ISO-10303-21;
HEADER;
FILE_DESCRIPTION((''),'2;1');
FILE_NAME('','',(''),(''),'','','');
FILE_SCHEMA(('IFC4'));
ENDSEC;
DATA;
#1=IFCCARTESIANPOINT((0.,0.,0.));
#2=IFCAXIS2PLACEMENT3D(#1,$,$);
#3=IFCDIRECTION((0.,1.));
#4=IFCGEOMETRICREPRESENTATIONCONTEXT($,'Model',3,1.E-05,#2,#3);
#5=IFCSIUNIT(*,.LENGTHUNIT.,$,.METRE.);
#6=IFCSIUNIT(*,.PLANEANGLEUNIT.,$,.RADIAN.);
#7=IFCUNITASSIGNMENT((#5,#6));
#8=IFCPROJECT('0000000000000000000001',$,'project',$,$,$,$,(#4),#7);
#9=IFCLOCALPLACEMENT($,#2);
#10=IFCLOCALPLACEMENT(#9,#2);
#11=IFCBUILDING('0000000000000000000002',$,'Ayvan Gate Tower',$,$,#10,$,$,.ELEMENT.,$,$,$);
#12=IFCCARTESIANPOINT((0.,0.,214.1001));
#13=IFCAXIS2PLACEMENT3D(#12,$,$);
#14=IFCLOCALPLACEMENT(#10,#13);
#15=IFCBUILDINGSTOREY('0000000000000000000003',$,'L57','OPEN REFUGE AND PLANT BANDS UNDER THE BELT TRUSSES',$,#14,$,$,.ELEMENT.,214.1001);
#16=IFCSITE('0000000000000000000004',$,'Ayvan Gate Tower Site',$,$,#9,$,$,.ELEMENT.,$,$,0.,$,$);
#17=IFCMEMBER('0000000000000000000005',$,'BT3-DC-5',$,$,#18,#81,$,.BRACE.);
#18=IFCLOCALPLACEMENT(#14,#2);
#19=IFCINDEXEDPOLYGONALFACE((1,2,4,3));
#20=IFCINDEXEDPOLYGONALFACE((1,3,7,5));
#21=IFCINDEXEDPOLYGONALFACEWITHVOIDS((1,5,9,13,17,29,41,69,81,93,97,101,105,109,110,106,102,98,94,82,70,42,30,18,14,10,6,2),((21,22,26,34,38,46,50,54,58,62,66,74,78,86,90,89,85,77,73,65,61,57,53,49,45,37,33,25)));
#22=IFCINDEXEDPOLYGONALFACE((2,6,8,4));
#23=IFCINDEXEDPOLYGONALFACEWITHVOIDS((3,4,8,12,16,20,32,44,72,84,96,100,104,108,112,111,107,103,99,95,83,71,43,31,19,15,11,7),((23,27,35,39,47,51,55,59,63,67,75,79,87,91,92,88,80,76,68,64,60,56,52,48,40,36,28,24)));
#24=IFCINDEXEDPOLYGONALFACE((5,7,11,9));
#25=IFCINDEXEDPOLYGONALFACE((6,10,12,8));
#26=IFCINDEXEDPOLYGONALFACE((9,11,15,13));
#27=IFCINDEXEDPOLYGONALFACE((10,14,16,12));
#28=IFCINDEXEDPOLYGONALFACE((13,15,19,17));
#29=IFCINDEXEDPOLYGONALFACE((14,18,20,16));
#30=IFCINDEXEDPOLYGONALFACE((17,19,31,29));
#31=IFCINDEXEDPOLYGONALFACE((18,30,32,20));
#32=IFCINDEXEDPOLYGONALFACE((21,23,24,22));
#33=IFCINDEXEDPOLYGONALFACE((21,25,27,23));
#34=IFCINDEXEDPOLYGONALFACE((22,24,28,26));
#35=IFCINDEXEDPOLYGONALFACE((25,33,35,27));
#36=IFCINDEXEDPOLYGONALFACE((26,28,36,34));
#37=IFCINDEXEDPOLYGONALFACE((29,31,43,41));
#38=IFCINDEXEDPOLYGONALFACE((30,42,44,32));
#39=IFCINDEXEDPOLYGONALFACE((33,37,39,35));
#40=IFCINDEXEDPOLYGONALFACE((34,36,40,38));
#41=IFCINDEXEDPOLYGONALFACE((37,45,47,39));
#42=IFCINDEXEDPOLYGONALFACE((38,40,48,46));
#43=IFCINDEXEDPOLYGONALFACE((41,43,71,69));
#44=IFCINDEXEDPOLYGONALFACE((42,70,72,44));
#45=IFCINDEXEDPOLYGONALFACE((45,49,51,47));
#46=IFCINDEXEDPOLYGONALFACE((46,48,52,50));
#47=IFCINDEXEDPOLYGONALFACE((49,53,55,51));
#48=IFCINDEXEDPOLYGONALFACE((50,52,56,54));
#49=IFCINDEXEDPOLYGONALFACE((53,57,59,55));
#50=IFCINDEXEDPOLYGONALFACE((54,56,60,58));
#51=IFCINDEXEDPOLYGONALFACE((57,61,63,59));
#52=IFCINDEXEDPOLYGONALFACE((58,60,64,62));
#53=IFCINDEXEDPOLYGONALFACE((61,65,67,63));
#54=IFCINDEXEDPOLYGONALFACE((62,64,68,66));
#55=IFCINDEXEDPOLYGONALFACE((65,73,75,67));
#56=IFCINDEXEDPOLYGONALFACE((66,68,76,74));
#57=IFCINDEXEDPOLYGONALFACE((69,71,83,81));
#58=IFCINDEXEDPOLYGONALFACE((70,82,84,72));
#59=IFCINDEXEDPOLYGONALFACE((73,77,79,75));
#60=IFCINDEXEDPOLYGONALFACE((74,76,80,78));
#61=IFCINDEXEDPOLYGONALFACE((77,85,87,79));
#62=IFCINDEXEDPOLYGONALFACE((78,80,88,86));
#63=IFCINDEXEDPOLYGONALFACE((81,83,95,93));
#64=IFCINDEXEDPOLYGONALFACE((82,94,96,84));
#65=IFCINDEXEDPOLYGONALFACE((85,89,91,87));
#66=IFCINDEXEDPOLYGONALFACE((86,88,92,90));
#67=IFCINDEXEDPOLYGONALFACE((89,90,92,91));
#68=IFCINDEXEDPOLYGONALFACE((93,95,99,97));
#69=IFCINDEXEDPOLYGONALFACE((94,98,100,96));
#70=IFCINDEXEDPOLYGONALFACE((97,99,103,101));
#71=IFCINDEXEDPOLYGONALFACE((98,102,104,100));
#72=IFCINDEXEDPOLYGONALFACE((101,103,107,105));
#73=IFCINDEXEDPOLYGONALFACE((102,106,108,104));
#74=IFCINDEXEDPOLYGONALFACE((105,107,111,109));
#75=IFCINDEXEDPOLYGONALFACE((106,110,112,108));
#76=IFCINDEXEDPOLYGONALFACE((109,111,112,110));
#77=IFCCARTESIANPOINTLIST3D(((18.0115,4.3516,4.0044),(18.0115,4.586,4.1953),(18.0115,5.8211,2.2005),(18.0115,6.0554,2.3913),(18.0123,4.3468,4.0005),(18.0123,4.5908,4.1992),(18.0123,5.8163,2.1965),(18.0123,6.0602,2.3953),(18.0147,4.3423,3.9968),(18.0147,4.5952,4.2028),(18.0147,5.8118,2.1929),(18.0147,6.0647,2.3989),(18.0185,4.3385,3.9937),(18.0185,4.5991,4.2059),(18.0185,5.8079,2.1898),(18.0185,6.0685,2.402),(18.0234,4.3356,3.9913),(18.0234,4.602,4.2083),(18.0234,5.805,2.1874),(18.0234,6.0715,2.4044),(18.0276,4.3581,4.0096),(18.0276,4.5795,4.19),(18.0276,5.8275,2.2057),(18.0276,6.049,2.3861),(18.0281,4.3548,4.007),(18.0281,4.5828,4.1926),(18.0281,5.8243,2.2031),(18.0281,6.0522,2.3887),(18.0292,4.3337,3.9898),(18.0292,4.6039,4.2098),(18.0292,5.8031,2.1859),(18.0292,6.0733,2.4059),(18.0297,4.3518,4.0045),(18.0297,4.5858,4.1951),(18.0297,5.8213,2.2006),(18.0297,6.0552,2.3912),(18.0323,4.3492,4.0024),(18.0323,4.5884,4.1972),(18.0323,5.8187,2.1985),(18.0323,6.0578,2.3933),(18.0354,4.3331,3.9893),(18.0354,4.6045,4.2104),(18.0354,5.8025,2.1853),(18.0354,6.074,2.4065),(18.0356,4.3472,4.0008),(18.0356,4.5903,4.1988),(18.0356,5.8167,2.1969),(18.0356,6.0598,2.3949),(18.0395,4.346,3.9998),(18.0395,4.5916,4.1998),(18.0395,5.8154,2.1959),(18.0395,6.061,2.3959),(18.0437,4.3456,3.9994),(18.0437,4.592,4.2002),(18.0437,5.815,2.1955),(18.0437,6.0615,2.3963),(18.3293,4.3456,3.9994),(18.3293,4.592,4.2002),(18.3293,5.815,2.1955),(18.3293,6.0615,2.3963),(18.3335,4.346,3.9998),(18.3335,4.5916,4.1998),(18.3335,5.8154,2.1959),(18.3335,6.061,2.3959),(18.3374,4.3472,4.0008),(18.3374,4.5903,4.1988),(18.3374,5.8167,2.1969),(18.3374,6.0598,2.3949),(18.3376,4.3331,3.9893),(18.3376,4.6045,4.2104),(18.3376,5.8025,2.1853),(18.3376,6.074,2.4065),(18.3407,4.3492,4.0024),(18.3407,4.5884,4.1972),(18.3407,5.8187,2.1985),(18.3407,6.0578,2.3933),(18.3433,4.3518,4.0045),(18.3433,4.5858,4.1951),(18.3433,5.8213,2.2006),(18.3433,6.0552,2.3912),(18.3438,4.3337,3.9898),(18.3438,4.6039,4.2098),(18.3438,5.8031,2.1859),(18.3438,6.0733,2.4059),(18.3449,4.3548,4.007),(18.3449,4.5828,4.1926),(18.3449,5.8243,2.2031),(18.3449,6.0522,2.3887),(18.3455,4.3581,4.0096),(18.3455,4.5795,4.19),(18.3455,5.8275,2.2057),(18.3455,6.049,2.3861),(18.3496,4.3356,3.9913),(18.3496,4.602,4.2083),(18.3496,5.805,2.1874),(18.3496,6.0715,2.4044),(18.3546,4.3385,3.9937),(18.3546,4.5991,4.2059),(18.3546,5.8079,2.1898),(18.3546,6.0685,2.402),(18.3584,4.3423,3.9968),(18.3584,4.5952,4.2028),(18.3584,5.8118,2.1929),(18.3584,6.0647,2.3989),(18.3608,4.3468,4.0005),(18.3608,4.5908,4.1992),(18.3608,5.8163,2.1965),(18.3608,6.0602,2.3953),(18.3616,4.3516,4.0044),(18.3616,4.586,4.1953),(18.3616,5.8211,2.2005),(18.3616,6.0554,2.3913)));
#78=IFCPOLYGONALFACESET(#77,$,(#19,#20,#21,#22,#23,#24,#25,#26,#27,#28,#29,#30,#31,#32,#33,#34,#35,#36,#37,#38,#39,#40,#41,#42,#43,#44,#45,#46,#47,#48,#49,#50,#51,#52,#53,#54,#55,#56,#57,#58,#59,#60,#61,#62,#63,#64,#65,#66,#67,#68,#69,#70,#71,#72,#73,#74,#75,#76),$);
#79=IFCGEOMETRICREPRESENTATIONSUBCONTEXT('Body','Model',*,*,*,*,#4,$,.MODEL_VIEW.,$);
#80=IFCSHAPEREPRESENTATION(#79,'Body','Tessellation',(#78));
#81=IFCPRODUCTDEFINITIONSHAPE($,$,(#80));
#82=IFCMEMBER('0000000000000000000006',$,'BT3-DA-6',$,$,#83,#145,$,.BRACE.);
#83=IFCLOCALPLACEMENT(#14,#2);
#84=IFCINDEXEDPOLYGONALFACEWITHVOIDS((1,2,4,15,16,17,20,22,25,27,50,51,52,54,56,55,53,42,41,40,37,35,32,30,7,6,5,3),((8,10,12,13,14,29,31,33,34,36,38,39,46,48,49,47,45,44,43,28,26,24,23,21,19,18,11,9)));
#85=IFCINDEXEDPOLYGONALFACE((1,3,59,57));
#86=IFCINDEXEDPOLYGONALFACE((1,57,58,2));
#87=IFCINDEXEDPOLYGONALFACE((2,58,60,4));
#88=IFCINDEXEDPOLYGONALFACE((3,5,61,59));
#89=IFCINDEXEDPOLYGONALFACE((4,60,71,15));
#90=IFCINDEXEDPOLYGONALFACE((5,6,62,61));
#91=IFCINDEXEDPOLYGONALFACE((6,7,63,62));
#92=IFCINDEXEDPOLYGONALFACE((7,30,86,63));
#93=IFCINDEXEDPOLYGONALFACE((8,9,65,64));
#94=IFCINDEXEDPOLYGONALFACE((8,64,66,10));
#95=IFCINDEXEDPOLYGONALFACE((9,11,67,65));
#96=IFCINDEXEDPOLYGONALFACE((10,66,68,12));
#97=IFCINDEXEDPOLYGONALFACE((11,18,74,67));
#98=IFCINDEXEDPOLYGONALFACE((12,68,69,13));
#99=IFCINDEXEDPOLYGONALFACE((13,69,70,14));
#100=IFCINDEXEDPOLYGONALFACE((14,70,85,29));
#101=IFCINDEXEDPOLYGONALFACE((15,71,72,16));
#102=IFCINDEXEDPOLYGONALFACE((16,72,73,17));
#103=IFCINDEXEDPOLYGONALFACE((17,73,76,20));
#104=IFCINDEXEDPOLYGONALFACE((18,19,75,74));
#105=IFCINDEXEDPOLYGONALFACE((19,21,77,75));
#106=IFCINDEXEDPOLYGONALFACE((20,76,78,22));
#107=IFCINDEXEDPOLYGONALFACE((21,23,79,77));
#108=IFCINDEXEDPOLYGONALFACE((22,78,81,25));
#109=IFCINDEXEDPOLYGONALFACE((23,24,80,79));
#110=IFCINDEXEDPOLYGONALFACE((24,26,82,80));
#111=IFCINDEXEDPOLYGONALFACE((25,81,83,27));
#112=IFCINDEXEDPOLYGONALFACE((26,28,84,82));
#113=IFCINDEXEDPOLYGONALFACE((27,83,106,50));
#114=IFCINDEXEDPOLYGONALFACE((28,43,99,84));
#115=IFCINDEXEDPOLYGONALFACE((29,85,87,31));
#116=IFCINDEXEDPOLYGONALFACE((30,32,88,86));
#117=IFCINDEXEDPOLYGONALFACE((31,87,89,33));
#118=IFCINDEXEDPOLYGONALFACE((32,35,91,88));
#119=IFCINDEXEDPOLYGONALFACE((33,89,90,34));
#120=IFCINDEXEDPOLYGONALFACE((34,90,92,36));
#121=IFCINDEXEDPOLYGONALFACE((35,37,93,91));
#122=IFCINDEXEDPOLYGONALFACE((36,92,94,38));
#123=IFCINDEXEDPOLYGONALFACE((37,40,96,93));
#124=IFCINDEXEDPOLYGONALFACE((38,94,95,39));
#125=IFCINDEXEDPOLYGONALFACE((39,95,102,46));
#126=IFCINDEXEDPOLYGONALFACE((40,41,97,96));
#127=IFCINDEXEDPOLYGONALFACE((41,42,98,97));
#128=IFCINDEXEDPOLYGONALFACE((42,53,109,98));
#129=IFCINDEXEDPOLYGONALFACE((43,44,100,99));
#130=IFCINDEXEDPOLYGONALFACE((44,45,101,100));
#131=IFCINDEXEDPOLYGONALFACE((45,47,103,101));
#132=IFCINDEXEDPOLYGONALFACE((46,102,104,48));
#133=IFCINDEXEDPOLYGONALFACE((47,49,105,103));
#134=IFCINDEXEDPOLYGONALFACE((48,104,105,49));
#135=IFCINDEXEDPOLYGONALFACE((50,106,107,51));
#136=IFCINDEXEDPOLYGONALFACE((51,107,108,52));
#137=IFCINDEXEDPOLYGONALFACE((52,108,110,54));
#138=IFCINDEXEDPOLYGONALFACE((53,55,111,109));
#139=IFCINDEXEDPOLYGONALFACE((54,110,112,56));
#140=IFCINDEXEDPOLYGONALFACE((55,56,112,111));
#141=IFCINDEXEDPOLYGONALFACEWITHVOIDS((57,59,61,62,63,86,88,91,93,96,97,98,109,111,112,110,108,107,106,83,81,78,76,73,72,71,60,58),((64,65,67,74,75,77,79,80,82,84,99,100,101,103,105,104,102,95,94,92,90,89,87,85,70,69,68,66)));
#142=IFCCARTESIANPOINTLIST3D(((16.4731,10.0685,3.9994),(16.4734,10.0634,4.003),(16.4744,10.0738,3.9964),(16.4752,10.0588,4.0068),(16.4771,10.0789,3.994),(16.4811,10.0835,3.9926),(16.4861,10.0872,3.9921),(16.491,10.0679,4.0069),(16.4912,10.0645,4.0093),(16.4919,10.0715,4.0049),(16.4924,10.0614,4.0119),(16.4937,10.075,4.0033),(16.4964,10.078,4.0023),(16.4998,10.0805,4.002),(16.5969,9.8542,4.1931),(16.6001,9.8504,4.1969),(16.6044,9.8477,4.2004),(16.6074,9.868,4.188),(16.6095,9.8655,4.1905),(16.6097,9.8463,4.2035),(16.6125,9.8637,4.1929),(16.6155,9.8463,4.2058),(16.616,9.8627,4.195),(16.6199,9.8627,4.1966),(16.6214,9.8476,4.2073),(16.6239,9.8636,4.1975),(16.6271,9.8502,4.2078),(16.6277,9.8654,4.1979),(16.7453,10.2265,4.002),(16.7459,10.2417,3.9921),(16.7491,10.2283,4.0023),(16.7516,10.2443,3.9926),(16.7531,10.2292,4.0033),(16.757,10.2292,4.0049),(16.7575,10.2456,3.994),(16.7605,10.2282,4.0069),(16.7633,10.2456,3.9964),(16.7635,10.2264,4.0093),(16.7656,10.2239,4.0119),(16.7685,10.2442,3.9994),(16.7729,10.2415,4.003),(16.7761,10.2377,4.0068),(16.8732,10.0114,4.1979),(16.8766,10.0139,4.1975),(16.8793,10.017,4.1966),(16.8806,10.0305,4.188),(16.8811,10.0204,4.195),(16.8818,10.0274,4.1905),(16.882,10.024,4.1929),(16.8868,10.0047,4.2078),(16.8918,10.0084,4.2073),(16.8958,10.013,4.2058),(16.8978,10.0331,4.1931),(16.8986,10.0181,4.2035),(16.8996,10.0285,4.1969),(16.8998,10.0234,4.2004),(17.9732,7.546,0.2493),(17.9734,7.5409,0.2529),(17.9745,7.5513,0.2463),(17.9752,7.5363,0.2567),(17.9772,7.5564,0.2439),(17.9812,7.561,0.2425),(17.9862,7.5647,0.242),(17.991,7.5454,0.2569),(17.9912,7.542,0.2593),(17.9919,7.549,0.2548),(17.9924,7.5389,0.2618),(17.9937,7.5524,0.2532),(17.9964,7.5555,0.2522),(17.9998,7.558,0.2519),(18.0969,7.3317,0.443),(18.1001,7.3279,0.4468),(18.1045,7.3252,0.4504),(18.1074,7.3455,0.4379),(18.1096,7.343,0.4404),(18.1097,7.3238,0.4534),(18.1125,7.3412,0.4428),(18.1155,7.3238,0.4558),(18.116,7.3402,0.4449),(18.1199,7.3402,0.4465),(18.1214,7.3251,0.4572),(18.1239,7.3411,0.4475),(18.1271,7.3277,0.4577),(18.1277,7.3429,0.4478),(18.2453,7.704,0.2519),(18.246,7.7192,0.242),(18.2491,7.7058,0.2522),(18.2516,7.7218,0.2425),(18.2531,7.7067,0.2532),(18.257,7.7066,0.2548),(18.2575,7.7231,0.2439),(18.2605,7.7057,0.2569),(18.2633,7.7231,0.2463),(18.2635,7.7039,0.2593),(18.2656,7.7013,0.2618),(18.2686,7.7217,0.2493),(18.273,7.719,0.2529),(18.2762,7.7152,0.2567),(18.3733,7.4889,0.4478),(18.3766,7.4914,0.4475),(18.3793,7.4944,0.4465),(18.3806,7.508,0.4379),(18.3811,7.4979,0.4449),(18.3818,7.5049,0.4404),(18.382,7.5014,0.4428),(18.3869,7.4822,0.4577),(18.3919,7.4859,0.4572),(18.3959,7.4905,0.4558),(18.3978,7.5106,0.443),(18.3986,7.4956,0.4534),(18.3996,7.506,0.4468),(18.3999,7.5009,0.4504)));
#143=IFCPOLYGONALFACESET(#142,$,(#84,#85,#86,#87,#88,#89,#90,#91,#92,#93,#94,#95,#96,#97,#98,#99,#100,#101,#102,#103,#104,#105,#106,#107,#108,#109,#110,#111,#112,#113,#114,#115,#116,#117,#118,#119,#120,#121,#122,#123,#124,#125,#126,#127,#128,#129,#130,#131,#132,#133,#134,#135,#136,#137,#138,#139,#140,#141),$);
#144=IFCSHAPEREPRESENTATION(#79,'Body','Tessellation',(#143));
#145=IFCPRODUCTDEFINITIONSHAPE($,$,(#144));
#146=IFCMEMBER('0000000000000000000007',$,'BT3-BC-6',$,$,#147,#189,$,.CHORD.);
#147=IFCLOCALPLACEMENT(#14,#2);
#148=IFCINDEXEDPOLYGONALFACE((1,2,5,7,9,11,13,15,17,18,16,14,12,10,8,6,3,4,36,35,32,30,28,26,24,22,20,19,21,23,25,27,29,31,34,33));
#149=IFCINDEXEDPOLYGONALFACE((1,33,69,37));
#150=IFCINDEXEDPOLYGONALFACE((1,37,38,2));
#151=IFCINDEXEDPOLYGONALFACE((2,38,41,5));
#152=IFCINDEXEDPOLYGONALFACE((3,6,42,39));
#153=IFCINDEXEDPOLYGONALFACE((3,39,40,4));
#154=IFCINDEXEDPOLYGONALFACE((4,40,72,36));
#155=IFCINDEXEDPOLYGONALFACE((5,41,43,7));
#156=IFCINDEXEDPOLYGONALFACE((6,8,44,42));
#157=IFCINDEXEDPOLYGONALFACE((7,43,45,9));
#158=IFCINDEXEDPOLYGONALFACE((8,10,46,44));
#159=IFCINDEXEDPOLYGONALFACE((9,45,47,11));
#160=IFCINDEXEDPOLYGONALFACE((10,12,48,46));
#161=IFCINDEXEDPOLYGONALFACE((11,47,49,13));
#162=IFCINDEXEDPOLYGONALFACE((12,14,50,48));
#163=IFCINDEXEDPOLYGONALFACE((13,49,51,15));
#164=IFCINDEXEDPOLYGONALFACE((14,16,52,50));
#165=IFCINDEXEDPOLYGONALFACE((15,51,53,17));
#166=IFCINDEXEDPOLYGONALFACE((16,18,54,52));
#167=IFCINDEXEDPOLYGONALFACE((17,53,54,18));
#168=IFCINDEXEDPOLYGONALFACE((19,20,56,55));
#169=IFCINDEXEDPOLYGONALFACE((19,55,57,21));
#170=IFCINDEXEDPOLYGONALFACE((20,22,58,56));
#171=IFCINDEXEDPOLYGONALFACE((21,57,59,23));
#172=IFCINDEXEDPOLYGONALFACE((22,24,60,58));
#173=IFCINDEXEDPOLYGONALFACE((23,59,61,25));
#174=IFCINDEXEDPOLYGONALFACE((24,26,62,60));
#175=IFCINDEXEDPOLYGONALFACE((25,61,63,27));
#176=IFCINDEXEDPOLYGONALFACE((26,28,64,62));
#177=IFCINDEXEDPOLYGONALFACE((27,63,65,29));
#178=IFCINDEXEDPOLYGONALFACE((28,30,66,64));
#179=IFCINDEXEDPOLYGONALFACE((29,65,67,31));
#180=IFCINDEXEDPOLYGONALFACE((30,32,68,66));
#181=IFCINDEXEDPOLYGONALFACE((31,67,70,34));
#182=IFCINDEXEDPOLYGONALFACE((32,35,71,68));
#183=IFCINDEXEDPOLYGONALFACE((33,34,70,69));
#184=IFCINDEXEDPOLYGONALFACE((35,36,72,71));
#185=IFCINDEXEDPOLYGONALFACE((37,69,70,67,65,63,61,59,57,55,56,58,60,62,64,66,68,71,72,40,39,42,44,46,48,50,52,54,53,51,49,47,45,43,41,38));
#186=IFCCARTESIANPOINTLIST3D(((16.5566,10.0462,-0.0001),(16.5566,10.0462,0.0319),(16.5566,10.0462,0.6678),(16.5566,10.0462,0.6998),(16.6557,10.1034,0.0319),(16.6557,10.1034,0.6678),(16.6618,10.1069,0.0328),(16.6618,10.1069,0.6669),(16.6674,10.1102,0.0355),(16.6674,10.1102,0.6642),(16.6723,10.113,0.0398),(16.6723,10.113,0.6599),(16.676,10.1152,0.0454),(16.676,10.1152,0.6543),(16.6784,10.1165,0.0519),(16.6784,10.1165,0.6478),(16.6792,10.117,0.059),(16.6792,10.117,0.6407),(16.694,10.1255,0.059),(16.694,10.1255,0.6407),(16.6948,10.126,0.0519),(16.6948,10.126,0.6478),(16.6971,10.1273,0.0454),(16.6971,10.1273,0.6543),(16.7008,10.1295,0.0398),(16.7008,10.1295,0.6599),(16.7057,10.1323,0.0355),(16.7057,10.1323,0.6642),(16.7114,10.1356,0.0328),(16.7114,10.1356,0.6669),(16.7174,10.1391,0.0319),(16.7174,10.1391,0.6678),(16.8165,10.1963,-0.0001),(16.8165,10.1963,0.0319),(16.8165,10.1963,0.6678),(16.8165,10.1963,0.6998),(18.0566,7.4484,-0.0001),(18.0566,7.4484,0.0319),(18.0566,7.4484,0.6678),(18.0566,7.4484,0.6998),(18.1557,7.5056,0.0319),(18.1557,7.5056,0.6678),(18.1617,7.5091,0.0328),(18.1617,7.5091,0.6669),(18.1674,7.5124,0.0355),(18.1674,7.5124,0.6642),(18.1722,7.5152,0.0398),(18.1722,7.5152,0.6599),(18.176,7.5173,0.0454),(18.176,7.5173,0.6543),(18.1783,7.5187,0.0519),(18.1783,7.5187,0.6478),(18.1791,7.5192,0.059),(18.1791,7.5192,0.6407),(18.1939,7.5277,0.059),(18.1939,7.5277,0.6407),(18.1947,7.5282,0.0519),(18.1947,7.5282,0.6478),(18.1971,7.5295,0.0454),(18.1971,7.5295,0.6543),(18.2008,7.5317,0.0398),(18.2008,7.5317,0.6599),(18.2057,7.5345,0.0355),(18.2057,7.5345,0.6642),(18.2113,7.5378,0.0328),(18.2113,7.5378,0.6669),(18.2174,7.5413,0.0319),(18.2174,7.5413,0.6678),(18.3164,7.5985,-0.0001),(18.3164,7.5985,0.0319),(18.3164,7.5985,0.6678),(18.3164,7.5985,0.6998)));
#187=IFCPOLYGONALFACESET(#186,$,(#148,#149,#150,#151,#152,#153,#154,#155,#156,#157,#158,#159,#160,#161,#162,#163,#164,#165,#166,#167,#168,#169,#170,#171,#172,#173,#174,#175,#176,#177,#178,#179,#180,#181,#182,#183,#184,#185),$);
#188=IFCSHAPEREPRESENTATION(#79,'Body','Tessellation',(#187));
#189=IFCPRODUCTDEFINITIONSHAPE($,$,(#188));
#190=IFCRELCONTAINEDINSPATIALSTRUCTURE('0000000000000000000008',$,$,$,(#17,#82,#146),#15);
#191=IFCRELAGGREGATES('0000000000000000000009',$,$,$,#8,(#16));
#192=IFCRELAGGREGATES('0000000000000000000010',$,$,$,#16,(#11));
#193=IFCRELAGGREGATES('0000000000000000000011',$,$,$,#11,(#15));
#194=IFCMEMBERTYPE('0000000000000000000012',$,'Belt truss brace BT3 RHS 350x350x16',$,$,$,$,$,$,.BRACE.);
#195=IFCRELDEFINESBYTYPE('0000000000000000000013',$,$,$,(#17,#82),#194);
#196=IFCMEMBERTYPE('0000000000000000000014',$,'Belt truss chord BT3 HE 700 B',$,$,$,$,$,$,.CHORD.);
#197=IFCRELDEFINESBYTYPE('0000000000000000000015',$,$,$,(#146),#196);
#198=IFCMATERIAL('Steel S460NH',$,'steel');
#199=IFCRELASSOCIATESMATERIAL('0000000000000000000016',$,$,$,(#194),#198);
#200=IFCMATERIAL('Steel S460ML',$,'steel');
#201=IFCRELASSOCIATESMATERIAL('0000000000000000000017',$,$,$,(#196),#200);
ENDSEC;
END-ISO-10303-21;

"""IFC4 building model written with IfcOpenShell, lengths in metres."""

from ifc_helpers import new_model, si_unit, direction, frame, origin, origin_2d, place, context, subcontext, project, spatial, hollow_rectangle, i_section, extrude, material, material_profile, profile_set, type_object, element, save


model = new_model("IFC4")

# Units and contexts
model_context = context("Model", 3, precision=1e-05, world=origin(), true_north=direction((0.0, 1.0)))
body_context = subcontext(model_context, "Body", "Model", "MODEL_VIEW")
ifc_project = project(units=[si_unit("LENGTHUNIT", "METRE"), si_unit("PLANEANGLEUNIT", "RADIAN")], contexts=[model_context])

# Site, building, storey
site_placement = place(None, origin())
site = spatial("IfcSite", under=ifc_project, at=site_placement, Name="Ayvan Gate Tower Site", CompositionType="ELEMENT", RefElevation=0.0)
building_placement = place(site_placement, origin())
building = spatial("IfcBuilding", under=site, at=building_placement, Name="Ayvan Gate Tower", CompositionType="ELEMENT")
storey_placement = place(building_placement, frame((0.0, 0.0, 214.1001)))
storey = spatial("IfcBuildingStorey", under=building, at=storey_placement, Name="L57", Description="OPEN REFUGE AND PLANT BANDS UNDER THE BELT TRUSSES", CompositionType="ELEMENT", Elevation=214.1001)

# Members
ifc_material_1 = material(Name="Steel S460NH", Category="steel")
ifc_material_profile_1 = material_profile(ifc_material_1, hollow_rectangle(XDim=0.3501, YDim=0.3501, WallThickness=0.0161, InnerFilletRadius=0.0161, OuterFilletRadius=0.0239, at=origin_2d()), Name="RHS 350x350x16")
ifc_profile_set_1 = profile_set([ifc_material_profile_1], Name="Steel S460NH")
member_type_1 = type_object("IfcMemberType", Name="Belt truss brace BT3 RHS 350x350x16", PredefinedType="BRACE", material=ifc_profile_set_1)
member_1_placement = place(storey_placement, frame((18.1865, 5.9382, 2.2959), z_axis=(0.0, -0.631568, 0.775321), x_axis=(1.0, 0.0, 0.0)))
element("IfcMember", 1, at=member_1_placement, inside=storey, type_object=member_type_1, Name="BT3-DC-5", PredefinedType="BRACE", context=body_context, shape_type="SweptSolid", body=[
    extrude(hollow_rectangle(XDim=0.3501, YDim=0.3501, WallThickness=0.0161, InnerFilletRadius=0.0161, OuterFilletRadius=0.0239, at=origin_2d()), origin(), (0.0, 0.0, 1.0), 2.3267),
])
member_2_placement = place(storey_placement, frame((18.1865, 7.5234, 0.3499), z_axis=(-0.315003, 0.529722, 0.787507), x_axis=(-0.859512, -0.511115, 0.0)))
element("IfcMember", 2, at=member_2_placement, inside=storey, type_object=member_type_1, Name="BT3-DA-6", PredefinedType="BRACE", context=body_context, shape_type="SweptSolid", body=[
    extrude(hollow_rectangle(XDim=0.3501, YDim=0.3501, WallThickness=0.0161, InnerFilletRadius=0.0161, OuterFilletRadius=0.0239, at=origin_2d()), origin(), (0.0, 0.0, 1.0), 4.762),
])
ifc_material_2 = material(Name="Steel S460ML", Category="steel")
ifc_material_profile_2 = material_profile(ifc_material_2, i_section(OverallWidth=0.3, OverallDepth=0.7, WebThickness=0.0171, FlangeThickness=0.032, FilletRadius=0.0271, at=origin_2d()), Name="HE 700 B")
ifc_profile_set_2 = profile_set([ifc_material_profile_2], Name="Steel S460ML")
member_type_2 = type_object("IfcMemberType", Name="Belt truss chord BT3 HE 700 B", PredefinedType="CHORD", material=ifc_profile_set_2)
member_3_placement = place(storey_placement, frame((18.1865, 7.5234, 0.3499), z_axis=(-0.500025, 0.866011, 0.0), x_axis=(-0.866011, -0.500025, 0.0)))
element("IfcMember", 3, at=member_3_placement, inside=storey, type_object=member_type_2, Name="BT3-BC-6", PredefinedType="CHORD", context=body_context, shape_type="SweptSolid", body=[
    extrude(i_section(OverallWidth=0.3, OverallDepth=0.7, WebThickness=0.0171, FlangeThickness=0.032, FilletRadius=0.0271, at=origin_2d()), origin(), (0.0, 0.0, 1.0), 2.9998),
])

save(model, "model.ifc")
